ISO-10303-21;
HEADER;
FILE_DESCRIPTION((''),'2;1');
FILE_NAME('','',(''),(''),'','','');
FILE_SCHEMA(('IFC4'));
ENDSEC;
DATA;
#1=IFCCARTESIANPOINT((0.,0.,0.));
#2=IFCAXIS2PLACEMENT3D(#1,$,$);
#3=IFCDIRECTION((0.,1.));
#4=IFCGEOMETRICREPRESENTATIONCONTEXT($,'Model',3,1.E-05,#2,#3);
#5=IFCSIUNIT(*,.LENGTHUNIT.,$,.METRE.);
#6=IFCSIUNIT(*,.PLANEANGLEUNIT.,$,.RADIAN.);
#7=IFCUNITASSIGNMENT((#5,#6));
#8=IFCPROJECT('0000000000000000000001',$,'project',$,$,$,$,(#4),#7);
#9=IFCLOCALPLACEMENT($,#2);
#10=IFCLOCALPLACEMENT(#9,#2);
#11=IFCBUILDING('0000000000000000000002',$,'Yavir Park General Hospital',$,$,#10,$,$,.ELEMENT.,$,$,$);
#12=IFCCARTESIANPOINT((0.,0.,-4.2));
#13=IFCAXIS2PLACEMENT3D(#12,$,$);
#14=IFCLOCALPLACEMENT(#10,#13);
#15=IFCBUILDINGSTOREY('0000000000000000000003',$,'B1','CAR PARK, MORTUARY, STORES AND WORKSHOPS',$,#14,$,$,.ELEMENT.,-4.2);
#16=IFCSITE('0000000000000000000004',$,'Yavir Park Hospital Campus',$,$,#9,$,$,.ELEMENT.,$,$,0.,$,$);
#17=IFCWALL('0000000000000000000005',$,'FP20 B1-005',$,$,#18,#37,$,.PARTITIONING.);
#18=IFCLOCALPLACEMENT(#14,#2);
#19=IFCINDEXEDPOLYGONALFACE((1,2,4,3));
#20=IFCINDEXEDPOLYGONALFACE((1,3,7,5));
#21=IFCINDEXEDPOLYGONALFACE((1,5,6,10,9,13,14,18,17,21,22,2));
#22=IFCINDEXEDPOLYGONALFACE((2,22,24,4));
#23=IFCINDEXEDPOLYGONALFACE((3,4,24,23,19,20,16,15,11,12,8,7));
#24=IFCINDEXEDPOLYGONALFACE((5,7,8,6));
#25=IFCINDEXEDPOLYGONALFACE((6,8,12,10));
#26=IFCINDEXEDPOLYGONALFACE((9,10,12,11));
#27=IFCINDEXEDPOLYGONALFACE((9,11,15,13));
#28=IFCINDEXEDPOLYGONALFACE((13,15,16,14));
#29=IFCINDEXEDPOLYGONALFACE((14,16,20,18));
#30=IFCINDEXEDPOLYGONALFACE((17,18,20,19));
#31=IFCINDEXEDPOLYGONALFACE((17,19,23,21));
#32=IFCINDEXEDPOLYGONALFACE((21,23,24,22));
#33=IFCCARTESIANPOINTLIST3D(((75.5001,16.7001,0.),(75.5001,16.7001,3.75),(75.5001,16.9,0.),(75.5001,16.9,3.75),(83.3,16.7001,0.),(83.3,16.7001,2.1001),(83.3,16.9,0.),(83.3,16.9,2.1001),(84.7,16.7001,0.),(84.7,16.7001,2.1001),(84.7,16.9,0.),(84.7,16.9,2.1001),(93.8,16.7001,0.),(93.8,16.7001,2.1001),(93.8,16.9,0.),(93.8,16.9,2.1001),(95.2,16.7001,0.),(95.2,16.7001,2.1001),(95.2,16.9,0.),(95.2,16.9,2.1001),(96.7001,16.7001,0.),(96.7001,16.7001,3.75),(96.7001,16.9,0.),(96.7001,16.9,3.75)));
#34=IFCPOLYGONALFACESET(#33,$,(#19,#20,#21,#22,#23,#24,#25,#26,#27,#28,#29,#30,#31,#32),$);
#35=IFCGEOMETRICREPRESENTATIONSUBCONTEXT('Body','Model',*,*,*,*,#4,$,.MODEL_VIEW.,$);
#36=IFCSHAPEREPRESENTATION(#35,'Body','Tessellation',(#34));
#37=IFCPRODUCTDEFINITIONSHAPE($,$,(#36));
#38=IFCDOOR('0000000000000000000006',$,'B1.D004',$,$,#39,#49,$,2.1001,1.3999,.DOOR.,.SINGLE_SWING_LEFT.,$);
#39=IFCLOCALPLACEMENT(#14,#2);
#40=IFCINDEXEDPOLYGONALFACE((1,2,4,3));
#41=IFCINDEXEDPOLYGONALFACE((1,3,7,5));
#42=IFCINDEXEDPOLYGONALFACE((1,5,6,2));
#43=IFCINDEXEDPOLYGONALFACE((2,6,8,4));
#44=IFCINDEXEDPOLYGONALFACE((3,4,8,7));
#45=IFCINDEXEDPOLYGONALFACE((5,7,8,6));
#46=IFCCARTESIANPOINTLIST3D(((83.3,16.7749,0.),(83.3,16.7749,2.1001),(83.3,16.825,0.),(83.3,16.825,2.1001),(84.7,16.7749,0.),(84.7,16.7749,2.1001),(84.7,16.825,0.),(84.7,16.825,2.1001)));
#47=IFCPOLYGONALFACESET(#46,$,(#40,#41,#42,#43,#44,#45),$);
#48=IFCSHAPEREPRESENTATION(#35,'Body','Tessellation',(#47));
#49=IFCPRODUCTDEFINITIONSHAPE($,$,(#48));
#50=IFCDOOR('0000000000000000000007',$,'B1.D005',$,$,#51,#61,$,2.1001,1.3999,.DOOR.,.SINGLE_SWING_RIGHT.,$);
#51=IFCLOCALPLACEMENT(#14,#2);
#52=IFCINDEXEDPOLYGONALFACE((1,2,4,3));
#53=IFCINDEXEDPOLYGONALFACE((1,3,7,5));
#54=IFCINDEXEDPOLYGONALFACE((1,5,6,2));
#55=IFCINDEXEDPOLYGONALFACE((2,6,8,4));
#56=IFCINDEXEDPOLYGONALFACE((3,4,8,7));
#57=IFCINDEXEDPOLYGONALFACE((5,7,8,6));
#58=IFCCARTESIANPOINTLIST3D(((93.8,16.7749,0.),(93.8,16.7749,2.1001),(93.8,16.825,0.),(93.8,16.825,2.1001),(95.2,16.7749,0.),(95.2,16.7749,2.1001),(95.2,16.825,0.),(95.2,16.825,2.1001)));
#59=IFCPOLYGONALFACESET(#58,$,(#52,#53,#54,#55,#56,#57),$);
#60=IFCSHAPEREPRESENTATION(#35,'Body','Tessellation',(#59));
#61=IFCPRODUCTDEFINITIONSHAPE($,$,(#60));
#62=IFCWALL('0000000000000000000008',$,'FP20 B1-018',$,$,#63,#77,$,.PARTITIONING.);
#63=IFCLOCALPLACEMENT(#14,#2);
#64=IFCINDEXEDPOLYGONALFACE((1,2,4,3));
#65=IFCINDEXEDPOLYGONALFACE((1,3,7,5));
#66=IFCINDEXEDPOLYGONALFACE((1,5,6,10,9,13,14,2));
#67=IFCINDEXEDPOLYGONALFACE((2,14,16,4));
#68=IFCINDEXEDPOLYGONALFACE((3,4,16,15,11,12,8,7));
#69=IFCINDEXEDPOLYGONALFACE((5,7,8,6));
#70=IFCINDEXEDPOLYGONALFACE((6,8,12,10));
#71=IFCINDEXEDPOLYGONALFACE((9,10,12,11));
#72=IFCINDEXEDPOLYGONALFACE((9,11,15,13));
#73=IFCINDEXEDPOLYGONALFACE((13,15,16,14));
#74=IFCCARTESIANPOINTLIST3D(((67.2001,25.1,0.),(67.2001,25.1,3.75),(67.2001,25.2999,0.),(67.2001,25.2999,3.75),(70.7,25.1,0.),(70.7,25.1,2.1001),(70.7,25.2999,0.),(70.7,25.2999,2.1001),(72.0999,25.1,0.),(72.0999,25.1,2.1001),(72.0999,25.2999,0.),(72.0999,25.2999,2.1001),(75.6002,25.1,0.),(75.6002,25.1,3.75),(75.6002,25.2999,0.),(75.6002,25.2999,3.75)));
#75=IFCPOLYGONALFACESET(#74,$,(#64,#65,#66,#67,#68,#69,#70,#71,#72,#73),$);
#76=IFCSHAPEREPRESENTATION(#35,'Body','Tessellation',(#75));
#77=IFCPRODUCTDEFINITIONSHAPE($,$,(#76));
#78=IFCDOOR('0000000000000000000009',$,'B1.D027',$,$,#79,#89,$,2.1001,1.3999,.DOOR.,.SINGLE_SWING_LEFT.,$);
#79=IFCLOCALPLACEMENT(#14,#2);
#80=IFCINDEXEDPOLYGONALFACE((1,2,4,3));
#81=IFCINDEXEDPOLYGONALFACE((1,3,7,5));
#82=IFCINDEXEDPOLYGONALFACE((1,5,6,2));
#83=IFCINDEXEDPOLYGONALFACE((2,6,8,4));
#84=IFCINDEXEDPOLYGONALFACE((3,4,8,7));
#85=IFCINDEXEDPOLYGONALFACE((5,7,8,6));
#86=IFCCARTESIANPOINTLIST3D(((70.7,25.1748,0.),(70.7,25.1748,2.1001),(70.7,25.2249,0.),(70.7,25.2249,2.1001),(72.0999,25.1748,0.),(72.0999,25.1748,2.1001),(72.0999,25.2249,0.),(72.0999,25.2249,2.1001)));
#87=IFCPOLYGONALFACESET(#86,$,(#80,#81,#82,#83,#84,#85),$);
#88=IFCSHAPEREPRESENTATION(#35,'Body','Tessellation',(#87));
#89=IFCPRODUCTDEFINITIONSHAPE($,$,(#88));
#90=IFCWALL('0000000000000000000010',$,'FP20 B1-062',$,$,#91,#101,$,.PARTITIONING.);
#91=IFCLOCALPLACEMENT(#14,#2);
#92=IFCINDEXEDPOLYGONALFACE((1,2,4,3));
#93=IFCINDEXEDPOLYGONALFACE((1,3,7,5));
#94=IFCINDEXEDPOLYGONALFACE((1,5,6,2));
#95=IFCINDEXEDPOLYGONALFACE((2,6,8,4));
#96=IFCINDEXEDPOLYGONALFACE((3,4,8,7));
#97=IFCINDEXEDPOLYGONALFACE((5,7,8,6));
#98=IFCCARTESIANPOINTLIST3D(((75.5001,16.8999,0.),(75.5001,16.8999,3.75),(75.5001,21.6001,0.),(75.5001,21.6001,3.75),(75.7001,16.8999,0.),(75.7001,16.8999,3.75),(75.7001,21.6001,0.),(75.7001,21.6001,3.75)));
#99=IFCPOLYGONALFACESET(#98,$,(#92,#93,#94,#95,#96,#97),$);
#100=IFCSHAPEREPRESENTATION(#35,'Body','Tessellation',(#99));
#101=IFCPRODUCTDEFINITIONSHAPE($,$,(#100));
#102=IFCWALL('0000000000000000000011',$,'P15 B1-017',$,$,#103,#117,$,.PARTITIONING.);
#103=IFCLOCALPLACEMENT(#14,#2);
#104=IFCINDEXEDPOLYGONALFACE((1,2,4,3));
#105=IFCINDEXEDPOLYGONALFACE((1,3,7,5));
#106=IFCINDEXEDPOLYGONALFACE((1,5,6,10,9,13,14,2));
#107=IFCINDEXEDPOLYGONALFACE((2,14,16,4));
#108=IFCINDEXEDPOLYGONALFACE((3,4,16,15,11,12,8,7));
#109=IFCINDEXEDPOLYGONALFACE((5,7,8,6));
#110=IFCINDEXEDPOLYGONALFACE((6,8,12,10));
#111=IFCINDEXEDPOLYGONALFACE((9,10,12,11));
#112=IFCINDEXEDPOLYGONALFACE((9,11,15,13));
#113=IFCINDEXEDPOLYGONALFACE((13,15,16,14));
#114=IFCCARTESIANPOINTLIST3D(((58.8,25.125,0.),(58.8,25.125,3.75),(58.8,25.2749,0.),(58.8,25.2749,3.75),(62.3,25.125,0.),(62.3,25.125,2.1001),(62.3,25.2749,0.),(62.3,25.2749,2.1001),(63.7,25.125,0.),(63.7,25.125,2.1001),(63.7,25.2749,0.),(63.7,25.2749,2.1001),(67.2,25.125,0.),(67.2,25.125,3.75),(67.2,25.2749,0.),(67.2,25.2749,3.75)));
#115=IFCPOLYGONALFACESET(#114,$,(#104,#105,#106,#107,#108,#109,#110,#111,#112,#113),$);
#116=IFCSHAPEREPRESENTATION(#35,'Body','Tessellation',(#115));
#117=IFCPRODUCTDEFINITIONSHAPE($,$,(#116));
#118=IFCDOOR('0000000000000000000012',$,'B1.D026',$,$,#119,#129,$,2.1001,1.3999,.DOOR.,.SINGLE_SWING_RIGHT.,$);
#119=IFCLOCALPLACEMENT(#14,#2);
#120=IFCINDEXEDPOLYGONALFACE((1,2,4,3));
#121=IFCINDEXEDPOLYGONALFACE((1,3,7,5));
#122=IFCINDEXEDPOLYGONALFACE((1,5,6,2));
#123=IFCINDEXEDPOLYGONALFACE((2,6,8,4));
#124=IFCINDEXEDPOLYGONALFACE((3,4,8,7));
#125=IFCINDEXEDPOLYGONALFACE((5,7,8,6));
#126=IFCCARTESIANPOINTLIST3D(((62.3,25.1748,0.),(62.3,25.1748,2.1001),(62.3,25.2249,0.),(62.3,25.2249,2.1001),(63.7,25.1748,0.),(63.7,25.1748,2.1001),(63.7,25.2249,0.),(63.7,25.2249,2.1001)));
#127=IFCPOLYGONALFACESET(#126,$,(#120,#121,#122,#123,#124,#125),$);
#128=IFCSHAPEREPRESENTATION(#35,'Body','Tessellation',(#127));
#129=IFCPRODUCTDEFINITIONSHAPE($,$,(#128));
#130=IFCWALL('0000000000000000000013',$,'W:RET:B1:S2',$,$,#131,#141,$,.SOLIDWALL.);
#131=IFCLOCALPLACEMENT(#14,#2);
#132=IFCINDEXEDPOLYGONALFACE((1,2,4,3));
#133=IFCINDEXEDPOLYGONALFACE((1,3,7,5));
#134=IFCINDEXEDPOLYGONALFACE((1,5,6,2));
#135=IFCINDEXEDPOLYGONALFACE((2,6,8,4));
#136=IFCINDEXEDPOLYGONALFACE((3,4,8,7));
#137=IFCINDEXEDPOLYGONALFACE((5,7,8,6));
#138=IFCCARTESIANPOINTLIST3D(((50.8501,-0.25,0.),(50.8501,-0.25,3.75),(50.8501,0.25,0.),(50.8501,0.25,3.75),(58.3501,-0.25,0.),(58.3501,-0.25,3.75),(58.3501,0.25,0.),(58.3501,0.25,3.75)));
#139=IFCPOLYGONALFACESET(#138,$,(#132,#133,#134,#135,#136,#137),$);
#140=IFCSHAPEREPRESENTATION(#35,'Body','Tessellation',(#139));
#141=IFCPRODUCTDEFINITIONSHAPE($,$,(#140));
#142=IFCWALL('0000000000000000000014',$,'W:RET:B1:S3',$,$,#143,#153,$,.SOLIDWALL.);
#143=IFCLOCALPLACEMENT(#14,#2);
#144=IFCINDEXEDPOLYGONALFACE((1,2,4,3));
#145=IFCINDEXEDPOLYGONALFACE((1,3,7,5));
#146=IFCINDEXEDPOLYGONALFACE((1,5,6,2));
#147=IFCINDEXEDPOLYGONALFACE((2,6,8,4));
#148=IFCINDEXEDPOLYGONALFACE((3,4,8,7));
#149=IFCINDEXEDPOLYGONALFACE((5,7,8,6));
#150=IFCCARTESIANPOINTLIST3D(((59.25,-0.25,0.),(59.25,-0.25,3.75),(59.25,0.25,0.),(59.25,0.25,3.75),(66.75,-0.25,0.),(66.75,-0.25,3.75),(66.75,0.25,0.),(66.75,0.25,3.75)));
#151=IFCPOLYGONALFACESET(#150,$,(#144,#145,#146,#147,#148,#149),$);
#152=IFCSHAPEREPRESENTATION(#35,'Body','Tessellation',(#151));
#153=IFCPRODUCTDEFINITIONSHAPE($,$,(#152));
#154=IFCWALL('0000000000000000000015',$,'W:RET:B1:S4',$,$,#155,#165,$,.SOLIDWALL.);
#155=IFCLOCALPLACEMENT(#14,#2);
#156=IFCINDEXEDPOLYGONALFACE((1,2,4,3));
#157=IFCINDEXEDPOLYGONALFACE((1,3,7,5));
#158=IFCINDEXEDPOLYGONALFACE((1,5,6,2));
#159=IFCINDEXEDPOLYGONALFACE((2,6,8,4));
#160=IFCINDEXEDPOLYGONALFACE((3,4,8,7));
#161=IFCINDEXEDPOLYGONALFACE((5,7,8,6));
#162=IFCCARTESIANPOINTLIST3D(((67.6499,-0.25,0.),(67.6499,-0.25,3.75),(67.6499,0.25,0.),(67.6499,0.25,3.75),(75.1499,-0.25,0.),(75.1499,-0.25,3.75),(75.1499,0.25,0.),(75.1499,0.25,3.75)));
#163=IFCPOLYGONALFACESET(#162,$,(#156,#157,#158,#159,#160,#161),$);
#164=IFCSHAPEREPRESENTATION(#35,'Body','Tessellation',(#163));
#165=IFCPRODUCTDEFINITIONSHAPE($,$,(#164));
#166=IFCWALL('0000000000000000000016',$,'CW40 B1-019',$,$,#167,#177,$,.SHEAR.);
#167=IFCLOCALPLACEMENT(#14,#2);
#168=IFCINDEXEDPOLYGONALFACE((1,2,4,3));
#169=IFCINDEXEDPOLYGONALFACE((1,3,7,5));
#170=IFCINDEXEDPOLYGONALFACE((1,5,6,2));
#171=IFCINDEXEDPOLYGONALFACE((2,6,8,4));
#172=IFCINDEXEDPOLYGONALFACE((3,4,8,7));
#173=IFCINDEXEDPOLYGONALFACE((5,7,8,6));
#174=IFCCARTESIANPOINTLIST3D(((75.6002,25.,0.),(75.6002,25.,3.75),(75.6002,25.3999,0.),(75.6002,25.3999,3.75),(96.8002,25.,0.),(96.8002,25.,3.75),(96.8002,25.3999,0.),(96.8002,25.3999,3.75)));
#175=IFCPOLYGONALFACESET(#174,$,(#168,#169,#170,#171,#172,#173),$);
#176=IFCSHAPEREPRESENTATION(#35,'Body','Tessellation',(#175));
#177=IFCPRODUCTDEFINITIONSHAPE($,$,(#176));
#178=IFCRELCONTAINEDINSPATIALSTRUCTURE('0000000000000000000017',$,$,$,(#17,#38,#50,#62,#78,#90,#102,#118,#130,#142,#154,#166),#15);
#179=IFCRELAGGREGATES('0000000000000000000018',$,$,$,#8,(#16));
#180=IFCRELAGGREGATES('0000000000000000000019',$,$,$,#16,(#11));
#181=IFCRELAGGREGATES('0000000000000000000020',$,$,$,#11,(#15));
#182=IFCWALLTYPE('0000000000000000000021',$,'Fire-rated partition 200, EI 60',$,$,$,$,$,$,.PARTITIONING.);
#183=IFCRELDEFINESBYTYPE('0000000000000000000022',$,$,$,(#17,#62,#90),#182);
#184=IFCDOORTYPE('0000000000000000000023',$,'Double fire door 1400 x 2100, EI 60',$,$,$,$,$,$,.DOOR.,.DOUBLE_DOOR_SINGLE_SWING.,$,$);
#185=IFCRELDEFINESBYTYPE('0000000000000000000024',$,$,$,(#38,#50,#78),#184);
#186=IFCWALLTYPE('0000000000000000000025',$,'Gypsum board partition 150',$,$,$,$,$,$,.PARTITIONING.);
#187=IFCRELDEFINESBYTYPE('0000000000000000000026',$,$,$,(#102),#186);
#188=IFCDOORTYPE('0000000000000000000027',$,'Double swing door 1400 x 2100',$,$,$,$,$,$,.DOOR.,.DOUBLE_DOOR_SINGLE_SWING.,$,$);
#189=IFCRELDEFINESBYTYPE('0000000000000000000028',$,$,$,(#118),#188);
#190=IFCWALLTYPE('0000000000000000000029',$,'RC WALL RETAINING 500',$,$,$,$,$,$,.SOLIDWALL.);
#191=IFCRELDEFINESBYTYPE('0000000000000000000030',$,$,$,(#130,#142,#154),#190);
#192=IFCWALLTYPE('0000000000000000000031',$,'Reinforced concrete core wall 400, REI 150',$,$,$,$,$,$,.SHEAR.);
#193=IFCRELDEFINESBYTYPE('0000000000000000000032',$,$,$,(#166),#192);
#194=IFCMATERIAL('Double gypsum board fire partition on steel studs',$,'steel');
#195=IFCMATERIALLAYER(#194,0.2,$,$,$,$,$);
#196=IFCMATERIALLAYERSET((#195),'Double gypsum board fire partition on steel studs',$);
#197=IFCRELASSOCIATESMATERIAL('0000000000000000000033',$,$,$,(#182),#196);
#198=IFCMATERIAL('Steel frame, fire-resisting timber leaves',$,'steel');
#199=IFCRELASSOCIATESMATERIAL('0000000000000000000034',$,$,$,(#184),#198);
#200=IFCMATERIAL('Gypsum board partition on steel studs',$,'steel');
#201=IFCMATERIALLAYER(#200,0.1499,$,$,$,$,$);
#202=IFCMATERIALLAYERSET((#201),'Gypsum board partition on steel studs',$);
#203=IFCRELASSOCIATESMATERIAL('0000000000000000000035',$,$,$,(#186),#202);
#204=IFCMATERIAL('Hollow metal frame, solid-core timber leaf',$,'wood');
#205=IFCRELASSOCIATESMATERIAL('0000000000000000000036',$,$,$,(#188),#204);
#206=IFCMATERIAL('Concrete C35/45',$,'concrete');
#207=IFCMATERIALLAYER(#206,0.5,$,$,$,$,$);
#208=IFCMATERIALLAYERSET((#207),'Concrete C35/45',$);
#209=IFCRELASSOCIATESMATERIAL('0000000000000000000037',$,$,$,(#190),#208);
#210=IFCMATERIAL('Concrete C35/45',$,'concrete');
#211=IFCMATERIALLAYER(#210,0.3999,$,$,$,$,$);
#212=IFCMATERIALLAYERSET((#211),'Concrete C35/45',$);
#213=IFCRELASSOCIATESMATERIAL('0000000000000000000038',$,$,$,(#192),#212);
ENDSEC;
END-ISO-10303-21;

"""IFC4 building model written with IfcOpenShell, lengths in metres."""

from ifc_helpers import new_model, si_unit, direction, frame, frame_2d, origin, place, context, subcontext, project, spatial, rectangle, extrude, material, layer, layer_set, type_object, element, fill, save


model = new_model("IFC4")

# Units and contexts
model_context = context("Model", 3, precision=1e-05, world=origin(), true_north=direction((0.0, 1.0)))
body_context = subcontext(model_context, "Body", "Model", "MODEL_VIEW")
ifc_project = project(units=[si_unit("LENGTHUNIT", "METRE"), si_unit("PLANEANGLEUNIT", "RADIAN")], contexts=[model_context])

# Site, building, storey
site_placement = place(None, origin())
site = spatial("IfcSite", under=ifc_project, at=site_placement, Name="Yavir Park Hospital Campus", CompositionType="ELEMENT", RefElevation=0.0)
building_placement = place(site_placement, origin())
building = spatial("IfcBuilding", under=site, at=building_placement, Name="Yavir Park General Hospital", CompositionType="ELEMENT")
storey_placement = place(building_placement, frame((0.0, 0.0, -4.2)))
storey = spatial("IfcBuildingStorey", under=building, at=storey_placement, Name="B1", Description="CAR PARK, MORTUARY, STORES AND WORKSHOPS", CompositionType="ELEMENT", Elevation=-4.2)

# Wall, openings, doors
ifc_material_1 = material(Name="Double gypsum board fire partition on steel studs", Category="steel")
ifc_layer_1 = layer(ifc_material_1, 0.2)
ifc_layer_set_1 = layer_set([ifc_layer_1], Name="Double gypsum board fire partition on steel studs")
wall_type_1 = type_object("IfcWallType", Name="Fire-rated partition 200, EI 60", PredefinedType="PARTITIONING", material=ifc_layer_set_1)
wall_1_placement = place(storey_placement, frame((75.5, 16.8, 0.0), z_axis=(0.0, 0.0, 1.0), x_axis=(1.0, 0.0, 0.0)))
wall_1 = element("IfcWall", 1, at=wall_1_placement, inside=storey, type_object=wall_type_1, Name="FP20 B1-005", PredefinedType="PARTITIONING", context=body_context, shape_type="SweptSolid", body=[
    extrude(rectangle(XDim=21.2, YDim=0.2, at=frame_2d((10.6001, 0.0))), origin(), (0.0, 0.0, 1.0), 3.75),
])
opening_1_placement = place(wall_1_placement, frame((7.8, 0.0, 0.0)))
opening_1 = element("IfcOpeningElement", 2, at=opening_1_placement, cuts=wall_1, PredefinedType="OPENING", context=body_context, shape_type="SweptSolid", body=[
    extrude(rectangle(XDim=1.3999, YDim=2.1001, at=frame_2d((0.7, 1.05))), frame((0.0, 0.1099, 0.0), z_axis=(0.0, -1.0, 0.0), x_axis=(1.0, 0.0, 0.0)), (0.0, 0.0, 1.0), 0.22),
])
opening_2_placement = place(wall_1_placement, frame((18.3, 0.0, 0.0)))
opening_2 = element("IfcOpeningElement", 3, at=opening_2_placement, cuts=wall_1, PredefinedType="OPENING", context=body_context, shape_type="SweptSolid", body=[
    extrude(rectangle(XDim=1.3999, YDim=2.1001, at=frame_2d((0.7, 1.05))), frame((0.0, 0.1099, 0.0), z_axis=(0.0, -1.0, 0.0), x_axis=(1.0, 0.0, 0.0)), (0.0, 0.0, 1.0), 0.22),
])
ifc_material_2 = material(Name="Steel frame, fire-resisting timber leaves", Category="steel")
door_type_1 = type_object("IfcDoorType", Name="Double fire door 1400 x 2100, EI 60", OperationType="DOUBLE_DOOR_SINGLE_SWING", PredefinedType="DOOR", material=ifc_material_2)
door_1_placement = place(opening_1_placement, origin())
door_1 = element("IfcDoor", 4, at=door_1_placement, inside=storey, type_object=door_type_1, Name="B1.D004", OperationType="SINGLE_SWING_LEFT", OverallHeight=2.1001, OverallWidth=1.3999, PredefinedType="DOOR", context=body_context, shape_type="SweptSolid", body=[
    extrude(rectangle(XDim=1.3999, YDim=2.1001, at=frame_2d((0.7, 1.05))), frame((0.0, 0.0249, 0.0), z_axis=(0.0, -1.0, 0.0), x_axis=(1.0, 0.0, 0.0)), (0.0, 0.0, 1.0), 0.05),
])
fill(opening_1, door_1)
door_2_placement = place(opening_2_placement, origin())
door_2 = element("IfcDoor", 5, at=door_2_placement, inside=storey, type_object=door_type_1, Name="B1.D005", OperationType="SINGLE_SWING_RIGHT", OverallHeight=2.1001, OverallWidth=1.3999, PredefinedType="DOOR", context=body_context, shape_type="SweptSolid", body=[
    extrude(rectangle(XDim=1.3999, YDim=2.1001, at=frame_2d((0.7, 1.05))), frame((0.0, 0.0249, 0.0), z_axis=(0.0, -1.0, 0.0), x_axis=(1.0, 0.0, 0.0)), (0.0, 0.0, 1.0), 0.05),
])
fill(opening_2, door_2)

# Wall, opening, door
wall_2_placement = place(storey_placement, frame((67.2, 25.2, 0.0), z_axis=(0.0, 0.0, 1.0), x_axis=(1.0, 0.0, 0.0)))
wall_2 = element("IfcWall", 6, at=wall_2_placement, inside=storey, type_object=wall_type_1, Name="FP20 B1-018", PredefinedType="PARTITIONING", context=body_context, shape_type="SweptSolid", body=[
    extrude(rectangle(XDim=8.4001, YDim=0.2, at=frame_2d((4.2002, 0.0))), origin(), (0.0, 0.0, 1.0), 3.75),
])
opening_3_placement = place(wall_2_placement, frame((3.5, 0.0, 0.0)))
opening_3 = element("IfcOpeningElement", 7, at=opening_3_placement, cuts=wall_2, PredefinedType="OPENING", context=body_context, shape_type="SweptSolid", body=[
    extrude(rectangle(XDim=1.3999, YDim=2.1001, at=frame_2d((0.7, 1.05))), frame((0.0, 0.1099, 0.0), z_axis=(0.0, -1.0, 0.0), x_axis=(1.0, 0.0, 0.0)), (0.0, 0.0, 1.0), 0.22),
])
door_3_placement = place(opening_3_placement, origin())
door_3 = element("IfcDoor", 8, at=door_3_placement, inside=storey, type_object=door_type_1, Name="B1.D027", OperationType="SINGLE_SWING_LEFT", OverallHeight=2.1001, OverallWidth=1.3999, PredefinedType="DOOR", context=body_context, shape_type="SweptSolid", body=[
    extrude(rectangle(XDim=1.3999, YDim=2.1001, at=frame_2d((0.7, 1.05))), frame((0.0, 0.0249, 0.0), z_axis=(0.0, -1.0, 0.0), x_axis=(1.0, 0.0, 0.0)), (0.0, 0.0, 1.0), 0.05),
])
fill(opening_3, door_3)

# Wall
wall_3_placement = place(storey_placement, frame((75.6001, 16.8999, 0.0), z_axis=(0.0, 0.0, 1.0), x_axis=(0.0, 1.0, 0.0)))
element("IfcWall", 9, at=wall_3_placement, inside=storey, type_object=wall_type_1, Name="FP20 B1-062", PredefinedType="PARTITIONING", context=body_context, shape_type="SweptSolid", body=[
    extrude(rectangle(XDim=4.7002, YDim=0.2, at=frame_2d((2.3501, 0.0))), origin(), (0.0, 0.0, 1.0), 3.75),
])

# Wall, opening, door
ifc_material_3 = material(Name="Gypsum board partition on steel studs", Category="steel")
ifc_layer_2 = layer(ifc_material_3, 0.1499)
ifc_layer_set_2 = layer_set([ifc_layer_2], Name="Gypsum board partition on steel studs")
wall_type_2 = type_object("IfcWallType", Name="Gypsum board partition 150", PredefinedType="PARTITIONING", material=ifc_layer_set_2)
wall_4_placement = place(storey_placement, frame((58.8, 25.2, 0.0), z_axis=(0.0, 0.0, 1.0), x_axis=(1.0, 0.0, 0.0)))
wall_4 = element("IfcWall", 10, at=wall_4_placement, inside=storey, type_object=wall_type_2, Name="P15 B1-017", PredefinedType="PARTITIONING", context=body_context, shape_type="SweptSolid", body=[
    extrude(rectangle(XDim=8.3999, YDim=0.1499, at=frame_2d((4.2, 0.0))), origin(), (0.0, 0.0, 1.0), 3.75),
])
opening_4_placement = place(wall_4_placement, frame((3.5, 0.0, 0.0)))
opening_4 = element("IfcOpeningElement", 11, at=opening_4_placement, cuts=wall_4, PredefinedType="OPENING", context=body_context, shape_type="SweptSolid", body=[
    extrude(rectangle(XDim=1.3999, YDim=2.1001, at=frame_2d((0.7, 1.05))), frame((0.0, 0.085, 0.0), z_axis=(0.0, -1.0, 0.0), x_axis=(1.0, 0.0, 0.0)), (0.0, 0.0, 1.0), 0.1699),
])
ifc_material_4 = material(Name="Hollow metal frame, solid-core timber leaf", Category="wood")
door_type_2 = type_object("IfcDoorType", Name="Double swing door 1400 x 2100", OperationType="DOUBLE_DOOR_SINGLE_SWING", PredefinedType="DOOR", material=ifc_material_4)
door_4_placement = place(opening_4_placement, origin())
door_4 = element("IfcDoor", 12, at=door_4_placement, inside=storey, type_object=door_type_2, Name="B1.D026", OperationType="SINGLE_SWING_RIGHT", OverallHeight=2.1001, OverallWidth=1.3999, PredefinedType="DOOR", context=body_context, shape_type="SweptSolid", body=[
    extrude(rectangle(XDim=1.3999, YDim=2.1001, at=frame_2d((0.7, 1.05))), frame((0.0, 0.0249, 0.0), z_axis=(0.0, -1.0, 0.0), x_axis=(1.0, 0.0, 0.0)), (0.0, 0.0, 1.0), 0.05),
])
fill(opening_4, door_4)

# Walls
ifc_material_5 = material(Name="Concrete C35/45", Category="concrete")
ifc_layer_3 = layer(ifc_material_5, 0.5)
ifc_layer_set_3 = layer_set([ifc_layer_3], Name="Concrete C35/45")
wall_type_3 = type_object("IfcWallType", Name="RC WALL RETAINING 500", PredefinedType="SOLIDWALL", material=ifc_layer_set_3)
for number, where, z_axis, x_axis, name in (
    (13, (50.8501, 0.0, 0.0), (0.0, 0.0, 1.0), (1.0, 0.0, 0.0), "W:RET:B1:S2"),
    (14, (59.25, 0.0, 0.0), (0.0, 0.0, 1.0), (1.0, 0.0, 0.0), "W:RET:B1:S3"),
    (15, (67.6499, 0.0, 0.0), (0.0, 0.0, 1.0), (1.0, 0.0, 0.0), "W:RET:B1:S4"),
):
    element("IfcWall", number, at=place(storey_placement, frame(where, z_axis=z_axis, x_axis=x_axis)), inside=storey, type_object=wall_type_3, Name=name, PredefinedType="SOLIDWALL", context=body_context, shape_type="SweptSolid", body=[
        extrude(rectangle(XDim=7.5, YDim=0.5, at=frame_2d((3.75, 0.0))), origin(), (0.0, 0.0, 1.0), 3.75),
    ])
ifc_material_6 = material(Name="Concrete C35/45", Category="concrete")
ifc_layer_4 = layer(ifc_material_6, 0.3999)
ifc_layer_set_4 = layer_set([ifc_layer_4], Name="Concrete C35/45")
wall_type_4 = type_object("IfcWallType", Name="Reinforced concrete core wall 400, REI 150", PredefinedType="SHEAR", material=ifc_layer_set_4)
wall_5_placement = place(storey_placement, frame((75.6001, 25.2, 0.0), z_axis=(0.0, 0.0, 1.0), x_axis=(1.0, 0.0, 0.0)))
element("IfcWall", 16, at=wall_5_placement, inside=storey, type_object=wall_type_4, Name="CW40 B1-019", PredefinedType="SHEAR", context=body_context, shape_type="SweptSolid", body=[
    extrude(rectangle(XDim=21.2, YDim=0.3999, at=frame_2d((10.6001, 0.0))), origin(), (0.0, 0.0, 1.0), 3.75),
])

save(model, "model.ifc")
